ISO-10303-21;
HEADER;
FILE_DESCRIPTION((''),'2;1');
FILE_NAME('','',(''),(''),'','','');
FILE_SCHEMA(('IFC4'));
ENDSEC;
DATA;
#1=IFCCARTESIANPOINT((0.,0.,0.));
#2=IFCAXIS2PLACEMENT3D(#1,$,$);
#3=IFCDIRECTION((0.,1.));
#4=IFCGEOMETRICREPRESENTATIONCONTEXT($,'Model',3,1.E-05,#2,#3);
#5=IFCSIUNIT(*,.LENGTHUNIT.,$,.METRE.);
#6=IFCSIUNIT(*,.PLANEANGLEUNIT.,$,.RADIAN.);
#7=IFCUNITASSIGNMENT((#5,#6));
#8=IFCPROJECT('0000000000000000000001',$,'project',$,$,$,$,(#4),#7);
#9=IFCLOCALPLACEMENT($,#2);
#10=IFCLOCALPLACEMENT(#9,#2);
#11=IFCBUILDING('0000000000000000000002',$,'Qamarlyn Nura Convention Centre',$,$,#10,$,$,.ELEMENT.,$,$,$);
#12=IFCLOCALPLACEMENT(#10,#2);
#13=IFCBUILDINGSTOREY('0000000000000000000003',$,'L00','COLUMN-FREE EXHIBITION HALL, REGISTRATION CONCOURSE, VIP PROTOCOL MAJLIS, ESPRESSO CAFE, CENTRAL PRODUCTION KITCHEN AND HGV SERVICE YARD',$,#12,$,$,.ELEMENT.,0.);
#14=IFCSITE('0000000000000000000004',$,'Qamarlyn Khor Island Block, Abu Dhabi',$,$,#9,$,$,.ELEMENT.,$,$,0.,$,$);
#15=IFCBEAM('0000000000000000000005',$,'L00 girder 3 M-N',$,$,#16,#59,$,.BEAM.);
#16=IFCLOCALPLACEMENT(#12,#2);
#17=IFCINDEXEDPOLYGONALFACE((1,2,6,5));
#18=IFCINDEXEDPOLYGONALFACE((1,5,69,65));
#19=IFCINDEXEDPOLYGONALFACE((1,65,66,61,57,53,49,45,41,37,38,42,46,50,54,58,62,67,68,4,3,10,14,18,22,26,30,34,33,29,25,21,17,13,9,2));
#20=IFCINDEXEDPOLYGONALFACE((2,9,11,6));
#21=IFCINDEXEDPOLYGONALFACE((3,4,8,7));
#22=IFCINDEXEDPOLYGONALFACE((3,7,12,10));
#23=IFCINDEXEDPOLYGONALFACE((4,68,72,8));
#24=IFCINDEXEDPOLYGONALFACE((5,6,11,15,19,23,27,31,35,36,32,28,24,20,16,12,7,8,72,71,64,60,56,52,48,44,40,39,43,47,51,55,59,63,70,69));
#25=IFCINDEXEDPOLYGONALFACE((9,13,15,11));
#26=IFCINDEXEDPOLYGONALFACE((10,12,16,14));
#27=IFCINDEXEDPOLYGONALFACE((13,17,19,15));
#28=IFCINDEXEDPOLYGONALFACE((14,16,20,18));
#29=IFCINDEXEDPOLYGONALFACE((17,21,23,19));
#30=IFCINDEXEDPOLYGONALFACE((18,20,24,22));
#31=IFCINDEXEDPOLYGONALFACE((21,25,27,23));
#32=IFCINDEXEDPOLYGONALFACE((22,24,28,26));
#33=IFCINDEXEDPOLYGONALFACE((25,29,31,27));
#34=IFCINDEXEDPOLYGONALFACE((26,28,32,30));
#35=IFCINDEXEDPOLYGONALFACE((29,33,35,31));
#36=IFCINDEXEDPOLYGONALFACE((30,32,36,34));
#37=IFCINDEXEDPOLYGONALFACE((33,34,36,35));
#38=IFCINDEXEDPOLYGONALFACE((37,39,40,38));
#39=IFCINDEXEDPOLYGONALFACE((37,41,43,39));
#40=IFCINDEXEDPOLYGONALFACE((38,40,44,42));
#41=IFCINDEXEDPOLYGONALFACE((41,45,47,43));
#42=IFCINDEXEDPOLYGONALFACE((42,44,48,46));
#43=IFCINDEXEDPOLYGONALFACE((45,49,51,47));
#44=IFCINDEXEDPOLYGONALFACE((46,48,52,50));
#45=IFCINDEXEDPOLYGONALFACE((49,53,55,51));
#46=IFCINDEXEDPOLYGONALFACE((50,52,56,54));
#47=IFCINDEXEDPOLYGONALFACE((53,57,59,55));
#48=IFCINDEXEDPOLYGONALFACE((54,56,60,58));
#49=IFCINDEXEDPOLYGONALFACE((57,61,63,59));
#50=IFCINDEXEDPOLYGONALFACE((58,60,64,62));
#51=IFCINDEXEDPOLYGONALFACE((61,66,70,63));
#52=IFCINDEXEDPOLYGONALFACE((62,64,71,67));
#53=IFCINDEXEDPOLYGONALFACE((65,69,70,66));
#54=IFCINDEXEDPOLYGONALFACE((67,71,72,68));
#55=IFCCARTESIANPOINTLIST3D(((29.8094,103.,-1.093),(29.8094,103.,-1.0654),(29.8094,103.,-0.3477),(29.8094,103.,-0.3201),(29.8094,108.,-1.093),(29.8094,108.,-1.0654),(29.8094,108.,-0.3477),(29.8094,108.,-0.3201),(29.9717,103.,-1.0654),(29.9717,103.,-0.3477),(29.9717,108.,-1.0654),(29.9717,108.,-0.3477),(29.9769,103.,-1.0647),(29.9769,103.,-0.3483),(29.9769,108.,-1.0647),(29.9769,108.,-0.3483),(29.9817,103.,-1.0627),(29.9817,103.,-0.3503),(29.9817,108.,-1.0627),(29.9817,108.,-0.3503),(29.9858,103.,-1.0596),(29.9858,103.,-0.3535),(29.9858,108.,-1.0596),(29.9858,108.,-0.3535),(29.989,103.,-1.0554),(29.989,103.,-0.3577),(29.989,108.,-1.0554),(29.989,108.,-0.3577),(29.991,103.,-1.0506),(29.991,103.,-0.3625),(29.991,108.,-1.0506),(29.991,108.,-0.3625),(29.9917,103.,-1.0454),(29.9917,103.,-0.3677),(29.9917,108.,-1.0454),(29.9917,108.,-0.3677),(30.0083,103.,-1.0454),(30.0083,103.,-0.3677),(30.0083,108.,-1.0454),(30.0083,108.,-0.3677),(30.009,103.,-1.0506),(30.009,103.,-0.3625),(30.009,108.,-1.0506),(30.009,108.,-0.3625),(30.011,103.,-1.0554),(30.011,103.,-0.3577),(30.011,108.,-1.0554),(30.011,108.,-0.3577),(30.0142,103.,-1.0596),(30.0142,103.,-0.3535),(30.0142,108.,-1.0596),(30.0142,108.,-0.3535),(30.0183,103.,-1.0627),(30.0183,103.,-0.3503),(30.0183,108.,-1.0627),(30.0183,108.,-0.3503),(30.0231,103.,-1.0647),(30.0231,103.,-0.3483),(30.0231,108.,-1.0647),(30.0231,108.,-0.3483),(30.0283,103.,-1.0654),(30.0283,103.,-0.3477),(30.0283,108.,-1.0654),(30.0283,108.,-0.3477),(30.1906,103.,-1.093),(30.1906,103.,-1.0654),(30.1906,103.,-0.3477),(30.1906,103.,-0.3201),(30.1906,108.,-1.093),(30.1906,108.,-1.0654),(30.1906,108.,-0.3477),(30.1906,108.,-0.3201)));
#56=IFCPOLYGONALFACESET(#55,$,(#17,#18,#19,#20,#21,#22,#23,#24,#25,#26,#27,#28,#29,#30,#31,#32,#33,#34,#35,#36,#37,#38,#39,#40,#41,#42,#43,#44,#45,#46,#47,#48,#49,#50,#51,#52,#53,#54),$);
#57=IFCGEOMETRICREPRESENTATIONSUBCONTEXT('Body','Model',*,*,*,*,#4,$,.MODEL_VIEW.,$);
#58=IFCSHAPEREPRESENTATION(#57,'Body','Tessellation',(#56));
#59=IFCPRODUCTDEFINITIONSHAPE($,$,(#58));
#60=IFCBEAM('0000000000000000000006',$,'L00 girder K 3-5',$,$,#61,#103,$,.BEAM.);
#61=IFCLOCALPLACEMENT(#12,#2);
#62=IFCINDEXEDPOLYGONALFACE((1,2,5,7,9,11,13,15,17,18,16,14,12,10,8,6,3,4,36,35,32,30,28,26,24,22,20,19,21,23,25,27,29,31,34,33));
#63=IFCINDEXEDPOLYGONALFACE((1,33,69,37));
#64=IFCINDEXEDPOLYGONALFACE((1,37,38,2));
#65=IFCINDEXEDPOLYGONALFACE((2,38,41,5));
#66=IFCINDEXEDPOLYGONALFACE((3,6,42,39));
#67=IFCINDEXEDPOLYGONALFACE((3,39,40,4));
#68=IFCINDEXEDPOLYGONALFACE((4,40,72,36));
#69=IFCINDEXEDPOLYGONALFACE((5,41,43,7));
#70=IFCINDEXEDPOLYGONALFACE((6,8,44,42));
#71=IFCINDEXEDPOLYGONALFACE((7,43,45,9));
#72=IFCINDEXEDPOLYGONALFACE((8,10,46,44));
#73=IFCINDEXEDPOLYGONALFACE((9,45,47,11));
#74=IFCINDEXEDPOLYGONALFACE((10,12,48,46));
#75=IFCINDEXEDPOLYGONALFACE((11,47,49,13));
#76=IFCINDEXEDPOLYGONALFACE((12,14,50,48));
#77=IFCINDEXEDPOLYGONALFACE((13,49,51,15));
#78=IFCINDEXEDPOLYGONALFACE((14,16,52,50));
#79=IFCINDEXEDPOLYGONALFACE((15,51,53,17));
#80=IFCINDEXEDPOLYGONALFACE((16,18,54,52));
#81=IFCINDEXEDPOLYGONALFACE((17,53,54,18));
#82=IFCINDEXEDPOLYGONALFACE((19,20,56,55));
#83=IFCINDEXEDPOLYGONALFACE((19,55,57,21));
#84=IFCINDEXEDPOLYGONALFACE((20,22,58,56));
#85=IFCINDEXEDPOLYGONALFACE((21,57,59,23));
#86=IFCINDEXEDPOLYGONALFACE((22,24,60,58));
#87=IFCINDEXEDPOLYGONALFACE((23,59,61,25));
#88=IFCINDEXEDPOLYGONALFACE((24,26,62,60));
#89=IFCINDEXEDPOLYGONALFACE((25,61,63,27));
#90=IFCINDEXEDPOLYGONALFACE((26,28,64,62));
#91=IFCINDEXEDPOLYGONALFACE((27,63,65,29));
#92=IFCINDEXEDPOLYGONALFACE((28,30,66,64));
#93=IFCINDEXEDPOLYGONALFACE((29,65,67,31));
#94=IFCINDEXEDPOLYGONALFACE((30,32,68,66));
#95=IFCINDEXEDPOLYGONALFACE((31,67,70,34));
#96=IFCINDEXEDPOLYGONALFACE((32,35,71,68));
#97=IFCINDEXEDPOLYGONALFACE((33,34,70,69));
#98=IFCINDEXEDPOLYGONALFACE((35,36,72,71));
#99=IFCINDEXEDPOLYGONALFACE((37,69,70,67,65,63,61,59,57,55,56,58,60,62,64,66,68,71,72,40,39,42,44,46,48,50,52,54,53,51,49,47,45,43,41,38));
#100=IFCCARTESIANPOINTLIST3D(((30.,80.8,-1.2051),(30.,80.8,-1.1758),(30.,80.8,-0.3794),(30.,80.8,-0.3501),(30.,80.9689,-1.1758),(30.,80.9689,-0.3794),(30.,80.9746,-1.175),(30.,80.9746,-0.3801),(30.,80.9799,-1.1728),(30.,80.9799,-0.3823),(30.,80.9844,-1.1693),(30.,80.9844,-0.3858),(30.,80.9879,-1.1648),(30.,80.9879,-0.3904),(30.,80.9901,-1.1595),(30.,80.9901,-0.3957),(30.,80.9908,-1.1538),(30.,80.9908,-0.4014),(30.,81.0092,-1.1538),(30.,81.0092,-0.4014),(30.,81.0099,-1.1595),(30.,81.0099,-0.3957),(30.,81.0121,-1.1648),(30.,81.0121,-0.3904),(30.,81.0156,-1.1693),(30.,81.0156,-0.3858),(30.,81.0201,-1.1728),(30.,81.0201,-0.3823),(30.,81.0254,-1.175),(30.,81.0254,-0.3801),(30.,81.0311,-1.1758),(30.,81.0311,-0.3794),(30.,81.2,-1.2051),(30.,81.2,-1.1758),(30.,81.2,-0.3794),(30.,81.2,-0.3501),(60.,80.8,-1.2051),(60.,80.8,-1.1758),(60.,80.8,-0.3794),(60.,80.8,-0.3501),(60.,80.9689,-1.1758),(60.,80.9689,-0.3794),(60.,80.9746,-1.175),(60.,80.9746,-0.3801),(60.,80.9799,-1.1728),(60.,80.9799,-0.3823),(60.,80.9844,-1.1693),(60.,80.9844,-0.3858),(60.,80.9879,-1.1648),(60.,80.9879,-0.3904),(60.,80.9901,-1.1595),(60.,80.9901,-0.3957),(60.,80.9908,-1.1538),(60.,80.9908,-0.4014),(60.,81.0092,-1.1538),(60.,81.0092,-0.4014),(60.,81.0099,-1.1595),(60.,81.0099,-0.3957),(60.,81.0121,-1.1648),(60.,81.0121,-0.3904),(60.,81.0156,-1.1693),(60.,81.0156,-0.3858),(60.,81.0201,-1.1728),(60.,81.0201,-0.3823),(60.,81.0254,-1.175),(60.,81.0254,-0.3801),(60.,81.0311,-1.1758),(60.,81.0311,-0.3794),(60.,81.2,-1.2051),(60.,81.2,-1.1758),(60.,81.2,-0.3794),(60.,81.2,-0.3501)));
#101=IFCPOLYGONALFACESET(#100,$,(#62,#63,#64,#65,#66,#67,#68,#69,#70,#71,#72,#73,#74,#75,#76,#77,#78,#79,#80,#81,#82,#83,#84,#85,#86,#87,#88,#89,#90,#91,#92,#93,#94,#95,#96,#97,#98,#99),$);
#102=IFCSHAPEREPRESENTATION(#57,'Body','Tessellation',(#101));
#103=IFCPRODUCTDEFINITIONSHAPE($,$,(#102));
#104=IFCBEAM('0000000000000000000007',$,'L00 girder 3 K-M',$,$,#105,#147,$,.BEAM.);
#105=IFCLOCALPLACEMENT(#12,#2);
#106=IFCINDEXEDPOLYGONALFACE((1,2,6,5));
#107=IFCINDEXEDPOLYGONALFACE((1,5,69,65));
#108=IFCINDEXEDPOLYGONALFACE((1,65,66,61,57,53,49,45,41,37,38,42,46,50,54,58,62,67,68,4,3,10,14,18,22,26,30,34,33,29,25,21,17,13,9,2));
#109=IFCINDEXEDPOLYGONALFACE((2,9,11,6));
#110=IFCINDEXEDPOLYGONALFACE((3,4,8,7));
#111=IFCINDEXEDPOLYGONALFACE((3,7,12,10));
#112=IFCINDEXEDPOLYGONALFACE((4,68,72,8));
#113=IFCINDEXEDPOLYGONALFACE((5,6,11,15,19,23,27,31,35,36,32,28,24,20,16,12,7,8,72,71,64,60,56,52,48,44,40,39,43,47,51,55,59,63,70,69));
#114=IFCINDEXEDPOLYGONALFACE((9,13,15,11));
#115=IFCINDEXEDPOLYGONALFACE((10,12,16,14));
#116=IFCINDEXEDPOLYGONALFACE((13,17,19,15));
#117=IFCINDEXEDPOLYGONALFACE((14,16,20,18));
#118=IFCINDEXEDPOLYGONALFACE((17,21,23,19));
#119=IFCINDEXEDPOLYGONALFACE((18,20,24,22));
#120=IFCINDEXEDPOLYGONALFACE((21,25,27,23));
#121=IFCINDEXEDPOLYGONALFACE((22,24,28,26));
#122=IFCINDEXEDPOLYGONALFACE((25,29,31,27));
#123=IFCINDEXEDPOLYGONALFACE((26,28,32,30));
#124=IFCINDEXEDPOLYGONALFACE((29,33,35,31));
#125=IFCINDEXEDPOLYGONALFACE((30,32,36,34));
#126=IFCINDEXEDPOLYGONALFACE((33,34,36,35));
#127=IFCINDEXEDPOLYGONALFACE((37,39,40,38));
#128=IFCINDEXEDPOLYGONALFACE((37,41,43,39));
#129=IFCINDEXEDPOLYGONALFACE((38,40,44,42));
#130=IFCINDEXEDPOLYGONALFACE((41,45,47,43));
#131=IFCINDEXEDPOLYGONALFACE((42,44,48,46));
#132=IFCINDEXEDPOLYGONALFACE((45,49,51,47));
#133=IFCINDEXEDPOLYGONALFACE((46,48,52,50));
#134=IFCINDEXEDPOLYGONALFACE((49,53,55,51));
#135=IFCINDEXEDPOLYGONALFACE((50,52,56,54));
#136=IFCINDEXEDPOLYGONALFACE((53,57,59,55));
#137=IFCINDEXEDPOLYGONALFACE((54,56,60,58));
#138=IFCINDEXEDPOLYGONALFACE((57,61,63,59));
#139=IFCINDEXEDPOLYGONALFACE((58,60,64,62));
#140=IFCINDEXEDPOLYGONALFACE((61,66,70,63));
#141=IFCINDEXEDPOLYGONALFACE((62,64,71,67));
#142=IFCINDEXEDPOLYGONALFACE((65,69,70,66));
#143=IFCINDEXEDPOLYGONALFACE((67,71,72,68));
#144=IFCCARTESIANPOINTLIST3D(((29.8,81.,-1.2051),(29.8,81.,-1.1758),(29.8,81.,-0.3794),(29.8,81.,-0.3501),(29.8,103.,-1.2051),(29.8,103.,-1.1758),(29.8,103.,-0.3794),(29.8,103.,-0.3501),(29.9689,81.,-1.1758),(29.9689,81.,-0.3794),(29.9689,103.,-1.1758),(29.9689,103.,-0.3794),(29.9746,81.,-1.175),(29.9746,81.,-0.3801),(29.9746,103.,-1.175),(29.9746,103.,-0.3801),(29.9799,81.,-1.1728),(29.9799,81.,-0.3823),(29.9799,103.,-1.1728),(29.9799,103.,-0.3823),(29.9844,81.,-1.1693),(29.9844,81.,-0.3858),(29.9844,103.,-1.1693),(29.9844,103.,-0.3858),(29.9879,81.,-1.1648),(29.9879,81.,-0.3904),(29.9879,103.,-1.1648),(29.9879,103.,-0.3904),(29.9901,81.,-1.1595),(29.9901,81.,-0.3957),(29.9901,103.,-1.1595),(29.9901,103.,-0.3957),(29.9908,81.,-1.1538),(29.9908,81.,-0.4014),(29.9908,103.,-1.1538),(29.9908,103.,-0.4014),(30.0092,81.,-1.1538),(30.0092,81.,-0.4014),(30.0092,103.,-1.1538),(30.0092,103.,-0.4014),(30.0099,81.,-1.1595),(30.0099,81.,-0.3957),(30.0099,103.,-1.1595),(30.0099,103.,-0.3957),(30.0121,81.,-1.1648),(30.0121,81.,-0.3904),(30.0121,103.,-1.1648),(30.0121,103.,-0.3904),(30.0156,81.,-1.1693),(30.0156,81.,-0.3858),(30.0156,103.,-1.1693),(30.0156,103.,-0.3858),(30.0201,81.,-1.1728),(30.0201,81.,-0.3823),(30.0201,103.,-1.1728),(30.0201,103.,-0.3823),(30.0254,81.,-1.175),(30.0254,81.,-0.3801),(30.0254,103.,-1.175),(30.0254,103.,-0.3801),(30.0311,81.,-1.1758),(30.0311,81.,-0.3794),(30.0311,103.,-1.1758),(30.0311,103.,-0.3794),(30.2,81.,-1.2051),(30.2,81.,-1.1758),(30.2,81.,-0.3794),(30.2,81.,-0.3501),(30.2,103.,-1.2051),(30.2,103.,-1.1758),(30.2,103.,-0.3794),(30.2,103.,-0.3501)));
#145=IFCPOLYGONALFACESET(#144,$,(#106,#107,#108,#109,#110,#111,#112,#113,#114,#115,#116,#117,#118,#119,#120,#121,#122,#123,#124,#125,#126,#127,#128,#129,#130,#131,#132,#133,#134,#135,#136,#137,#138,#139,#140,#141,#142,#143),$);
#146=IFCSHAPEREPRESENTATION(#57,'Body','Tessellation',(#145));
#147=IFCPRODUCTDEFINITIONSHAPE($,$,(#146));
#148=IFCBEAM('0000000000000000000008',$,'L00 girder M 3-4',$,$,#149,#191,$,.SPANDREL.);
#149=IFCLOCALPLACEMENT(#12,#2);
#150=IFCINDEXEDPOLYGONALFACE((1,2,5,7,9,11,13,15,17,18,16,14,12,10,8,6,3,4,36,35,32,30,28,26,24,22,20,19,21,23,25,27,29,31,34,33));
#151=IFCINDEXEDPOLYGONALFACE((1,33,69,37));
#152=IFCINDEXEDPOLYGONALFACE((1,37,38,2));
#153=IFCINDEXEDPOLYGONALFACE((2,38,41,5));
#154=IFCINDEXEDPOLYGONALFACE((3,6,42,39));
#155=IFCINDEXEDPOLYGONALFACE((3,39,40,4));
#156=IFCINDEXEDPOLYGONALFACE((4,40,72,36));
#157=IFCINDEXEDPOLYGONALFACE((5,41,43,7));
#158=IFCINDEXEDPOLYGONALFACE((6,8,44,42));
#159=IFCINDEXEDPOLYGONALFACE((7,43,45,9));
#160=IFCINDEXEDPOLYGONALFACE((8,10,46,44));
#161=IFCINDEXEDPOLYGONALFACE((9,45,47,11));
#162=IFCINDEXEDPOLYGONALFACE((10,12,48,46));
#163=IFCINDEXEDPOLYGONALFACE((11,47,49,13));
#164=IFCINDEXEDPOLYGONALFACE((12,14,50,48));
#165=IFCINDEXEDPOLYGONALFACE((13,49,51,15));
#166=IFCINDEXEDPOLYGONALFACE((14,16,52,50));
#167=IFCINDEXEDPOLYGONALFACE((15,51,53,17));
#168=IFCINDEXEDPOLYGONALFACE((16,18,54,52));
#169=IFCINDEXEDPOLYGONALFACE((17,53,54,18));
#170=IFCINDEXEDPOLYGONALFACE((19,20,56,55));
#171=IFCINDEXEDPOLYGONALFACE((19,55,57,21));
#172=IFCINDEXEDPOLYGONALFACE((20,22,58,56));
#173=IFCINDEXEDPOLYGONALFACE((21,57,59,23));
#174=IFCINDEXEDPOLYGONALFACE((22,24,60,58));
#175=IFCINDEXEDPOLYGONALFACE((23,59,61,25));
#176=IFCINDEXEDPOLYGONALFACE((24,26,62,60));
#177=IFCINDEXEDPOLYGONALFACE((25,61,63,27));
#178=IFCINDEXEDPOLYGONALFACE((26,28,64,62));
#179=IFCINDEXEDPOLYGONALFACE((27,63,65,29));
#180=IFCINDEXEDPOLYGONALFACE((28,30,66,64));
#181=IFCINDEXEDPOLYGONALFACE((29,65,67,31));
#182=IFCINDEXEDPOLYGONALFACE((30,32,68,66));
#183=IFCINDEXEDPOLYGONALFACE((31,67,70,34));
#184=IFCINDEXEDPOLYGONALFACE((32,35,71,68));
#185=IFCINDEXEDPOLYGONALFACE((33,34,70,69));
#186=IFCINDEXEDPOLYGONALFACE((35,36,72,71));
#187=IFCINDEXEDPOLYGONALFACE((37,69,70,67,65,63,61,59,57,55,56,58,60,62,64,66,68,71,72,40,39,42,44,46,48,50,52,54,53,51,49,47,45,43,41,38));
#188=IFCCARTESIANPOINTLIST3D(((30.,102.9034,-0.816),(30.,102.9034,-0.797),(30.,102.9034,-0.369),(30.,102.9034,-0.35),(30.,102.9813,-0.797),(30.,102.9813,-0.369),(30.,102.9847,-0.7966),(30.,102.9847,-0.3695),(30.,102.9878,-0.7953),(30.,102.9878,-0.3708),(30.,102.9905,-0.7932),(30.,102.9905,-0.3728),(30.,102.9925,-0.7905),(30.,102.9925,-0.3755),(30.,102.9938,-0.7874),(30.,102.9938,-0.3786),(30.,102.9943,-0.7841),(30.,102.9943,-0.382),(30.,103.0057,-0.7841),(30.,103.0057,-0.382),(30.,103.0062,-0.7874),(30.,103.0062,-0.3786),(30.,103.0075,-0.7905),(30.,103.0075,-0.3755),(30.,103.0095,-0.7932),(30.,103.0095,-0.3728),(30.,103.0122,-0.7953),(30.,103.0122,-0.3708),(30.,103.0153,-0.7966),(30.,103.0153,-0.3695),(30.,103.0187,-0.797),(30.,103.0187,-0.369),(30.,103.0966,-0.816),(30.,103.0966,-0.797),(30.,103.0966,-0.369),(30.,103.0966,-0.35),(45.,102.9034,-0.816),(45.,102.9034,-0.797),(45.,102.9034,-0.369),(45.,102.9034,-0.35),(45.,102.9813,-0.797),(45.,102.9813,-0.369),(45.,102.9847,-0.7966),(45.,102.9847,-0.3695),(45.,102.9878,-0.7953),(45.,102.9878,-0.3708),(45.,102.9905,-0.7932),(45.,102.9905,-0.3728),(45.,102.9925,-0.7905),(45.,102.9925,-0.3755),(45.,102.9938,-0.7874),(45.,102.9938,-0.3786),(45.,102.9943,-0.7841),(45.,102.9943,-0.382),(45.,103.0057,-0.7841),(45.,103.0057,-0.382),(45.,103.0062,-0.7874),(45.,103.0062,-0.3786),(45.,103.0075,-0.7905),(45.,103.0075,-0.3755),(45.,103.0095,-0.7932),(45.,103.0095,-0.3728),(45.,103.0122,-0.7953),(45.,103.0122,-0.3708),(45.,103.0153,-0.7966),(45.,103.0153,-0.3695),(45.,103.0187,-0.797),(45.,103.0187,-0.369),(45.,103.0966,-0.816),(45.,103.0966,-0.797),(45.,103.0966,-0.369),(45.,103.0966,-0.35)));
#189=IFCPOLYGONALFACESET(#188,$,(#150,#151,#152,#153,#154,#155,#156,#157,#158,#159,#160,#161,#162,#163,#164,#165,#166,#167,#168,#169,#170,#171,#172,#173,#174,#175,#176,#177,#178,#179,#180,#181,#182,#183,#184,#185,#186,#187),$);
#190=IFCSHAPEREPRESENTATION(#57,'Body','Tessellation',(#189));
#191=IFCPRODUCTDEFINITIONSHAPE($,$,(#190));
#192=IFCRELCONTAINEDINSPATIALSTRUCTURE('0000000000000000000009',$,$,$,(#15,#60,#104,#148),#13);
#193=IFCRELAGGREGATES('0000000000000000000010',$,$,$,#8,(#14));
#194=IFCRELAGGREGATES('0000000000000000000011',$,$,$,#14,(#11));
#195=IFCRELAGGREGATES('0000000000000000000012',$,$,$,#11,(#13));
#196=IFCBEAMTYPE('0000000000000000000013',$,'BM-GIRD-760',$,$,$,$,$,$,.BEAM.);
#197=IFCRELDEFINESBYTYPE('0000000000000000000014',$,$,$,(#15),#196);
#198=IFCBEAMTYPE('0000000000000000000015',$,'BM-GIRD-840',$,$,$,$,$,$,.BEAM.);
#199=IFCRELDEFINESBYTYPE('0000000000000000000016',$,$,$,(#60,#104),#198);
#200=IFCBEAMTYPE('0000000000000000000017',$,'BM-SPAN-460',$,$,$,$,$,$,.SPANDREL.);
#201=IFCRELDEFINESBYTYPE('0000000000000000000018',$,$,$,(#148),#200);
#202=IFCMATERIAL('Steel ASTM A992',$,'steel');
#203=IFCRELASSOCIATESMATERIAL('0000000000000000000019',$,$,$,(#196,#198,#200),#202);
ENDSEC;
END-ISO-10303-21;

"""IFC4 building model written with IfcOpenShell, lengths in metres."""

from ifc_helpers import new_model, si_unit, direction, frame, origin, origin_2d, place, context, subcontext, project, spatial, i_section, extrude, material, material_profile, profile_set, type_object, element, save


model = new_model("IFC4")

# Units and contexts
model_context = context("Model", 3, precision=1e-05, world=origin(), true_north=direction((0.0, 1.0)))
body_context = subcontext(model_context, "Body", "Model", "MODEL_VIEW")
ifc_project = project(units=[si_unit("LENGTHUNIT", "METRE"), si_unit("PLANEANGLEUNIT", "RADIAN")], contexts=[model_context])

# Site, building, storey
site_placement = place(None, origin())
site = spatial("IfcSite", under=ifc_project, at=site_placement, Name="Qamarlyn Khor Island Block, Abu Dhabi", CompositionType="ELEMENT", RefElevation=0.0)
building_placement = place(site_placement, origin())
building = spatial("IfcBuilding", under=site, at=building_placement, Name="Qamarlyn Nura Convention Centre", CompositionType="ELEMENT")
storey_placement = place(building_placement, origin())
storey = spatial("IfcBuildingStorey", under=building, at=storey_placement, Name="L00", Description="COLUMN-FREE EXHIBITION HALL, REGISTRATION CONCOURSE, VIP PROTOCOL MAJLIS, ESPRESSO CAFE, CENTRAL PRODUCTION KITCHEN AND HGV SERVICE YARD", CompositionType="ELEMENT", Elevation=0.0)

# Beams
ifc_material_1 = material(Name="Steel ASTM A992", Category="steel")
ifc_material_profile_1 = material_profile(ifc_material_1, i_section(OverallWidth=0.3811, OverallDepth=0.7729, WebThickness=0.0166, FlangeThickness=0.0276, FilletRadius=0.02, at=origin_2d()), Name="W760X257")
ifc_profile_set_1 = profile_set([ifc_material_profile_1], Name="Steel ASTM A992")
beam_type_1 = type_object("IfcBeamType", Name="BM-GIRD-760", PredefinedType="BEAM", material=ifc_profile_set_1)
beam_1_placement = place(storey_placement, frame((30.0, 103.0, -0.7065), z_axis=(0.0, 1.0, 0.0), x_axis=(-1.0, 0.0, 0.0)))
element("IfcBeam", 1, at=beam_1_placement, inside=storey, type_object=beam_type_1, Name="L00 girder 3 M-N", PredefinedType="BEAM", context=body_context, shape_type="SweptSolid", body=[
    extrude(i_section(OverallWidth=0.3811, OverallDepth=0.7729, WebThickness=0.0166, FlangeThickness=0.0276, FilletRadius=0.02, at=origin_2d()), origin(), (0.0, 0.0, 1.0), 5.0),
])
ifc_material_profile_2 = material_profile(ifc_material_1, i_section(OverallWidth=0.3999, OverallDepth=0.855, WebThickness=0.0183, FlangeThickness=0.0293, FilletRadius=0.022, at=origin_2d()), Name="W840X299")
ifc_profile_set_2 = profile_set([ifc_material_profile_2], Name="Steel ASTM A992")
beam_type_2 = type_object("IfcBeamType", Name="BM-GIRD-840", PredefinedType="BEAM", material=ifc_profile_set_2)
beam_2_placement = place(storey_placement, frame((30.0, 81.0, -0.7776), z_axis=(1.0, 0.0, 0.0), x_axis=(0.0, 1.0, 0.0)))
element("IfcBeam", 2, at=beam_2_placement, inside=storey, type_object=beam_type_2, Name="L00 girder K 3-5", PredefinedType="BEAM", context=body_context, shape_type="SweptSolid", body=[
    extrude(i_section(OverallWidth=0.3999, OverallDepth=0.855, WebThickness=0.0183, FlangeThickness=0.0293, FilletRadius=0.022, at=origin_2d()), origin(), (0.0, 0.0, 1.0), 30.0),
])
beam_3_placement = place(storey_placement, frame((30.0, 81.0, -0.7776), z_axis=(0.0, 1.0, 0.0), x_axis=(-1.0, 0.0, 0.0)))
element("IfcBeam", 3, at=beam_3_placement, inside=storey, type_object=beam_type_2, Name="L00 girder 3 K-M", PredefinedType="BEAM", context=body_context, shape_type="SweptSolid", body=[
    extrude(i_section(OverallWidth=0.3999, OverallDepth=0.855, WebThickness=0.0183, FlangeThickness=0.0293, FilletRadius=0.022, at=origin_2d()), origin(), (0.0, 0.0, 1.0), 22.0),
])
ifc_material_profile_3 = material_profile(ifc_material_1, i_section(OverallWidth=0.1931, OverallDepth=0.4661, WebThickness=0.0115, FlangeThickness=0.019, FilletRadius=0.0129, at=origin_2d()), Name="W460X97")
ifc_profile_set_3 = profile_set([ifc_material_profile_3], Name="Steel ASTM A992")
beam_type_3 = type_object("IfcBeamType", Name="BM-SPAN-460", PredefinedType="SPANDREL", material=ifc_profile_set_3)
beam_4_placement = place(storey_placement, frame((30.0, 103.0, -0.583), z_axis=(1.0, 0.0, 0.0), x_axis=(0.0, 1.0, 0.0)))
element("IfcBeam", 4, at=beam_4_placement, inside=storey, type_object=beam_type_3, Name="L00 girder M 3-4", PredefinedType="SPANDREL", context=body_context, shape_type="SweptSolid", body=[
    extrude(i_section(OverallWidth=0.1931, OverallDepth=0.4661, WebThickness=0.0115, FlangeThickness=0.019, FilletRadius=0.0129, at=origin_2d()), origin(), (0.0, 0.0, 1.0), 15.0),
])

save(model, "model.ifc")
